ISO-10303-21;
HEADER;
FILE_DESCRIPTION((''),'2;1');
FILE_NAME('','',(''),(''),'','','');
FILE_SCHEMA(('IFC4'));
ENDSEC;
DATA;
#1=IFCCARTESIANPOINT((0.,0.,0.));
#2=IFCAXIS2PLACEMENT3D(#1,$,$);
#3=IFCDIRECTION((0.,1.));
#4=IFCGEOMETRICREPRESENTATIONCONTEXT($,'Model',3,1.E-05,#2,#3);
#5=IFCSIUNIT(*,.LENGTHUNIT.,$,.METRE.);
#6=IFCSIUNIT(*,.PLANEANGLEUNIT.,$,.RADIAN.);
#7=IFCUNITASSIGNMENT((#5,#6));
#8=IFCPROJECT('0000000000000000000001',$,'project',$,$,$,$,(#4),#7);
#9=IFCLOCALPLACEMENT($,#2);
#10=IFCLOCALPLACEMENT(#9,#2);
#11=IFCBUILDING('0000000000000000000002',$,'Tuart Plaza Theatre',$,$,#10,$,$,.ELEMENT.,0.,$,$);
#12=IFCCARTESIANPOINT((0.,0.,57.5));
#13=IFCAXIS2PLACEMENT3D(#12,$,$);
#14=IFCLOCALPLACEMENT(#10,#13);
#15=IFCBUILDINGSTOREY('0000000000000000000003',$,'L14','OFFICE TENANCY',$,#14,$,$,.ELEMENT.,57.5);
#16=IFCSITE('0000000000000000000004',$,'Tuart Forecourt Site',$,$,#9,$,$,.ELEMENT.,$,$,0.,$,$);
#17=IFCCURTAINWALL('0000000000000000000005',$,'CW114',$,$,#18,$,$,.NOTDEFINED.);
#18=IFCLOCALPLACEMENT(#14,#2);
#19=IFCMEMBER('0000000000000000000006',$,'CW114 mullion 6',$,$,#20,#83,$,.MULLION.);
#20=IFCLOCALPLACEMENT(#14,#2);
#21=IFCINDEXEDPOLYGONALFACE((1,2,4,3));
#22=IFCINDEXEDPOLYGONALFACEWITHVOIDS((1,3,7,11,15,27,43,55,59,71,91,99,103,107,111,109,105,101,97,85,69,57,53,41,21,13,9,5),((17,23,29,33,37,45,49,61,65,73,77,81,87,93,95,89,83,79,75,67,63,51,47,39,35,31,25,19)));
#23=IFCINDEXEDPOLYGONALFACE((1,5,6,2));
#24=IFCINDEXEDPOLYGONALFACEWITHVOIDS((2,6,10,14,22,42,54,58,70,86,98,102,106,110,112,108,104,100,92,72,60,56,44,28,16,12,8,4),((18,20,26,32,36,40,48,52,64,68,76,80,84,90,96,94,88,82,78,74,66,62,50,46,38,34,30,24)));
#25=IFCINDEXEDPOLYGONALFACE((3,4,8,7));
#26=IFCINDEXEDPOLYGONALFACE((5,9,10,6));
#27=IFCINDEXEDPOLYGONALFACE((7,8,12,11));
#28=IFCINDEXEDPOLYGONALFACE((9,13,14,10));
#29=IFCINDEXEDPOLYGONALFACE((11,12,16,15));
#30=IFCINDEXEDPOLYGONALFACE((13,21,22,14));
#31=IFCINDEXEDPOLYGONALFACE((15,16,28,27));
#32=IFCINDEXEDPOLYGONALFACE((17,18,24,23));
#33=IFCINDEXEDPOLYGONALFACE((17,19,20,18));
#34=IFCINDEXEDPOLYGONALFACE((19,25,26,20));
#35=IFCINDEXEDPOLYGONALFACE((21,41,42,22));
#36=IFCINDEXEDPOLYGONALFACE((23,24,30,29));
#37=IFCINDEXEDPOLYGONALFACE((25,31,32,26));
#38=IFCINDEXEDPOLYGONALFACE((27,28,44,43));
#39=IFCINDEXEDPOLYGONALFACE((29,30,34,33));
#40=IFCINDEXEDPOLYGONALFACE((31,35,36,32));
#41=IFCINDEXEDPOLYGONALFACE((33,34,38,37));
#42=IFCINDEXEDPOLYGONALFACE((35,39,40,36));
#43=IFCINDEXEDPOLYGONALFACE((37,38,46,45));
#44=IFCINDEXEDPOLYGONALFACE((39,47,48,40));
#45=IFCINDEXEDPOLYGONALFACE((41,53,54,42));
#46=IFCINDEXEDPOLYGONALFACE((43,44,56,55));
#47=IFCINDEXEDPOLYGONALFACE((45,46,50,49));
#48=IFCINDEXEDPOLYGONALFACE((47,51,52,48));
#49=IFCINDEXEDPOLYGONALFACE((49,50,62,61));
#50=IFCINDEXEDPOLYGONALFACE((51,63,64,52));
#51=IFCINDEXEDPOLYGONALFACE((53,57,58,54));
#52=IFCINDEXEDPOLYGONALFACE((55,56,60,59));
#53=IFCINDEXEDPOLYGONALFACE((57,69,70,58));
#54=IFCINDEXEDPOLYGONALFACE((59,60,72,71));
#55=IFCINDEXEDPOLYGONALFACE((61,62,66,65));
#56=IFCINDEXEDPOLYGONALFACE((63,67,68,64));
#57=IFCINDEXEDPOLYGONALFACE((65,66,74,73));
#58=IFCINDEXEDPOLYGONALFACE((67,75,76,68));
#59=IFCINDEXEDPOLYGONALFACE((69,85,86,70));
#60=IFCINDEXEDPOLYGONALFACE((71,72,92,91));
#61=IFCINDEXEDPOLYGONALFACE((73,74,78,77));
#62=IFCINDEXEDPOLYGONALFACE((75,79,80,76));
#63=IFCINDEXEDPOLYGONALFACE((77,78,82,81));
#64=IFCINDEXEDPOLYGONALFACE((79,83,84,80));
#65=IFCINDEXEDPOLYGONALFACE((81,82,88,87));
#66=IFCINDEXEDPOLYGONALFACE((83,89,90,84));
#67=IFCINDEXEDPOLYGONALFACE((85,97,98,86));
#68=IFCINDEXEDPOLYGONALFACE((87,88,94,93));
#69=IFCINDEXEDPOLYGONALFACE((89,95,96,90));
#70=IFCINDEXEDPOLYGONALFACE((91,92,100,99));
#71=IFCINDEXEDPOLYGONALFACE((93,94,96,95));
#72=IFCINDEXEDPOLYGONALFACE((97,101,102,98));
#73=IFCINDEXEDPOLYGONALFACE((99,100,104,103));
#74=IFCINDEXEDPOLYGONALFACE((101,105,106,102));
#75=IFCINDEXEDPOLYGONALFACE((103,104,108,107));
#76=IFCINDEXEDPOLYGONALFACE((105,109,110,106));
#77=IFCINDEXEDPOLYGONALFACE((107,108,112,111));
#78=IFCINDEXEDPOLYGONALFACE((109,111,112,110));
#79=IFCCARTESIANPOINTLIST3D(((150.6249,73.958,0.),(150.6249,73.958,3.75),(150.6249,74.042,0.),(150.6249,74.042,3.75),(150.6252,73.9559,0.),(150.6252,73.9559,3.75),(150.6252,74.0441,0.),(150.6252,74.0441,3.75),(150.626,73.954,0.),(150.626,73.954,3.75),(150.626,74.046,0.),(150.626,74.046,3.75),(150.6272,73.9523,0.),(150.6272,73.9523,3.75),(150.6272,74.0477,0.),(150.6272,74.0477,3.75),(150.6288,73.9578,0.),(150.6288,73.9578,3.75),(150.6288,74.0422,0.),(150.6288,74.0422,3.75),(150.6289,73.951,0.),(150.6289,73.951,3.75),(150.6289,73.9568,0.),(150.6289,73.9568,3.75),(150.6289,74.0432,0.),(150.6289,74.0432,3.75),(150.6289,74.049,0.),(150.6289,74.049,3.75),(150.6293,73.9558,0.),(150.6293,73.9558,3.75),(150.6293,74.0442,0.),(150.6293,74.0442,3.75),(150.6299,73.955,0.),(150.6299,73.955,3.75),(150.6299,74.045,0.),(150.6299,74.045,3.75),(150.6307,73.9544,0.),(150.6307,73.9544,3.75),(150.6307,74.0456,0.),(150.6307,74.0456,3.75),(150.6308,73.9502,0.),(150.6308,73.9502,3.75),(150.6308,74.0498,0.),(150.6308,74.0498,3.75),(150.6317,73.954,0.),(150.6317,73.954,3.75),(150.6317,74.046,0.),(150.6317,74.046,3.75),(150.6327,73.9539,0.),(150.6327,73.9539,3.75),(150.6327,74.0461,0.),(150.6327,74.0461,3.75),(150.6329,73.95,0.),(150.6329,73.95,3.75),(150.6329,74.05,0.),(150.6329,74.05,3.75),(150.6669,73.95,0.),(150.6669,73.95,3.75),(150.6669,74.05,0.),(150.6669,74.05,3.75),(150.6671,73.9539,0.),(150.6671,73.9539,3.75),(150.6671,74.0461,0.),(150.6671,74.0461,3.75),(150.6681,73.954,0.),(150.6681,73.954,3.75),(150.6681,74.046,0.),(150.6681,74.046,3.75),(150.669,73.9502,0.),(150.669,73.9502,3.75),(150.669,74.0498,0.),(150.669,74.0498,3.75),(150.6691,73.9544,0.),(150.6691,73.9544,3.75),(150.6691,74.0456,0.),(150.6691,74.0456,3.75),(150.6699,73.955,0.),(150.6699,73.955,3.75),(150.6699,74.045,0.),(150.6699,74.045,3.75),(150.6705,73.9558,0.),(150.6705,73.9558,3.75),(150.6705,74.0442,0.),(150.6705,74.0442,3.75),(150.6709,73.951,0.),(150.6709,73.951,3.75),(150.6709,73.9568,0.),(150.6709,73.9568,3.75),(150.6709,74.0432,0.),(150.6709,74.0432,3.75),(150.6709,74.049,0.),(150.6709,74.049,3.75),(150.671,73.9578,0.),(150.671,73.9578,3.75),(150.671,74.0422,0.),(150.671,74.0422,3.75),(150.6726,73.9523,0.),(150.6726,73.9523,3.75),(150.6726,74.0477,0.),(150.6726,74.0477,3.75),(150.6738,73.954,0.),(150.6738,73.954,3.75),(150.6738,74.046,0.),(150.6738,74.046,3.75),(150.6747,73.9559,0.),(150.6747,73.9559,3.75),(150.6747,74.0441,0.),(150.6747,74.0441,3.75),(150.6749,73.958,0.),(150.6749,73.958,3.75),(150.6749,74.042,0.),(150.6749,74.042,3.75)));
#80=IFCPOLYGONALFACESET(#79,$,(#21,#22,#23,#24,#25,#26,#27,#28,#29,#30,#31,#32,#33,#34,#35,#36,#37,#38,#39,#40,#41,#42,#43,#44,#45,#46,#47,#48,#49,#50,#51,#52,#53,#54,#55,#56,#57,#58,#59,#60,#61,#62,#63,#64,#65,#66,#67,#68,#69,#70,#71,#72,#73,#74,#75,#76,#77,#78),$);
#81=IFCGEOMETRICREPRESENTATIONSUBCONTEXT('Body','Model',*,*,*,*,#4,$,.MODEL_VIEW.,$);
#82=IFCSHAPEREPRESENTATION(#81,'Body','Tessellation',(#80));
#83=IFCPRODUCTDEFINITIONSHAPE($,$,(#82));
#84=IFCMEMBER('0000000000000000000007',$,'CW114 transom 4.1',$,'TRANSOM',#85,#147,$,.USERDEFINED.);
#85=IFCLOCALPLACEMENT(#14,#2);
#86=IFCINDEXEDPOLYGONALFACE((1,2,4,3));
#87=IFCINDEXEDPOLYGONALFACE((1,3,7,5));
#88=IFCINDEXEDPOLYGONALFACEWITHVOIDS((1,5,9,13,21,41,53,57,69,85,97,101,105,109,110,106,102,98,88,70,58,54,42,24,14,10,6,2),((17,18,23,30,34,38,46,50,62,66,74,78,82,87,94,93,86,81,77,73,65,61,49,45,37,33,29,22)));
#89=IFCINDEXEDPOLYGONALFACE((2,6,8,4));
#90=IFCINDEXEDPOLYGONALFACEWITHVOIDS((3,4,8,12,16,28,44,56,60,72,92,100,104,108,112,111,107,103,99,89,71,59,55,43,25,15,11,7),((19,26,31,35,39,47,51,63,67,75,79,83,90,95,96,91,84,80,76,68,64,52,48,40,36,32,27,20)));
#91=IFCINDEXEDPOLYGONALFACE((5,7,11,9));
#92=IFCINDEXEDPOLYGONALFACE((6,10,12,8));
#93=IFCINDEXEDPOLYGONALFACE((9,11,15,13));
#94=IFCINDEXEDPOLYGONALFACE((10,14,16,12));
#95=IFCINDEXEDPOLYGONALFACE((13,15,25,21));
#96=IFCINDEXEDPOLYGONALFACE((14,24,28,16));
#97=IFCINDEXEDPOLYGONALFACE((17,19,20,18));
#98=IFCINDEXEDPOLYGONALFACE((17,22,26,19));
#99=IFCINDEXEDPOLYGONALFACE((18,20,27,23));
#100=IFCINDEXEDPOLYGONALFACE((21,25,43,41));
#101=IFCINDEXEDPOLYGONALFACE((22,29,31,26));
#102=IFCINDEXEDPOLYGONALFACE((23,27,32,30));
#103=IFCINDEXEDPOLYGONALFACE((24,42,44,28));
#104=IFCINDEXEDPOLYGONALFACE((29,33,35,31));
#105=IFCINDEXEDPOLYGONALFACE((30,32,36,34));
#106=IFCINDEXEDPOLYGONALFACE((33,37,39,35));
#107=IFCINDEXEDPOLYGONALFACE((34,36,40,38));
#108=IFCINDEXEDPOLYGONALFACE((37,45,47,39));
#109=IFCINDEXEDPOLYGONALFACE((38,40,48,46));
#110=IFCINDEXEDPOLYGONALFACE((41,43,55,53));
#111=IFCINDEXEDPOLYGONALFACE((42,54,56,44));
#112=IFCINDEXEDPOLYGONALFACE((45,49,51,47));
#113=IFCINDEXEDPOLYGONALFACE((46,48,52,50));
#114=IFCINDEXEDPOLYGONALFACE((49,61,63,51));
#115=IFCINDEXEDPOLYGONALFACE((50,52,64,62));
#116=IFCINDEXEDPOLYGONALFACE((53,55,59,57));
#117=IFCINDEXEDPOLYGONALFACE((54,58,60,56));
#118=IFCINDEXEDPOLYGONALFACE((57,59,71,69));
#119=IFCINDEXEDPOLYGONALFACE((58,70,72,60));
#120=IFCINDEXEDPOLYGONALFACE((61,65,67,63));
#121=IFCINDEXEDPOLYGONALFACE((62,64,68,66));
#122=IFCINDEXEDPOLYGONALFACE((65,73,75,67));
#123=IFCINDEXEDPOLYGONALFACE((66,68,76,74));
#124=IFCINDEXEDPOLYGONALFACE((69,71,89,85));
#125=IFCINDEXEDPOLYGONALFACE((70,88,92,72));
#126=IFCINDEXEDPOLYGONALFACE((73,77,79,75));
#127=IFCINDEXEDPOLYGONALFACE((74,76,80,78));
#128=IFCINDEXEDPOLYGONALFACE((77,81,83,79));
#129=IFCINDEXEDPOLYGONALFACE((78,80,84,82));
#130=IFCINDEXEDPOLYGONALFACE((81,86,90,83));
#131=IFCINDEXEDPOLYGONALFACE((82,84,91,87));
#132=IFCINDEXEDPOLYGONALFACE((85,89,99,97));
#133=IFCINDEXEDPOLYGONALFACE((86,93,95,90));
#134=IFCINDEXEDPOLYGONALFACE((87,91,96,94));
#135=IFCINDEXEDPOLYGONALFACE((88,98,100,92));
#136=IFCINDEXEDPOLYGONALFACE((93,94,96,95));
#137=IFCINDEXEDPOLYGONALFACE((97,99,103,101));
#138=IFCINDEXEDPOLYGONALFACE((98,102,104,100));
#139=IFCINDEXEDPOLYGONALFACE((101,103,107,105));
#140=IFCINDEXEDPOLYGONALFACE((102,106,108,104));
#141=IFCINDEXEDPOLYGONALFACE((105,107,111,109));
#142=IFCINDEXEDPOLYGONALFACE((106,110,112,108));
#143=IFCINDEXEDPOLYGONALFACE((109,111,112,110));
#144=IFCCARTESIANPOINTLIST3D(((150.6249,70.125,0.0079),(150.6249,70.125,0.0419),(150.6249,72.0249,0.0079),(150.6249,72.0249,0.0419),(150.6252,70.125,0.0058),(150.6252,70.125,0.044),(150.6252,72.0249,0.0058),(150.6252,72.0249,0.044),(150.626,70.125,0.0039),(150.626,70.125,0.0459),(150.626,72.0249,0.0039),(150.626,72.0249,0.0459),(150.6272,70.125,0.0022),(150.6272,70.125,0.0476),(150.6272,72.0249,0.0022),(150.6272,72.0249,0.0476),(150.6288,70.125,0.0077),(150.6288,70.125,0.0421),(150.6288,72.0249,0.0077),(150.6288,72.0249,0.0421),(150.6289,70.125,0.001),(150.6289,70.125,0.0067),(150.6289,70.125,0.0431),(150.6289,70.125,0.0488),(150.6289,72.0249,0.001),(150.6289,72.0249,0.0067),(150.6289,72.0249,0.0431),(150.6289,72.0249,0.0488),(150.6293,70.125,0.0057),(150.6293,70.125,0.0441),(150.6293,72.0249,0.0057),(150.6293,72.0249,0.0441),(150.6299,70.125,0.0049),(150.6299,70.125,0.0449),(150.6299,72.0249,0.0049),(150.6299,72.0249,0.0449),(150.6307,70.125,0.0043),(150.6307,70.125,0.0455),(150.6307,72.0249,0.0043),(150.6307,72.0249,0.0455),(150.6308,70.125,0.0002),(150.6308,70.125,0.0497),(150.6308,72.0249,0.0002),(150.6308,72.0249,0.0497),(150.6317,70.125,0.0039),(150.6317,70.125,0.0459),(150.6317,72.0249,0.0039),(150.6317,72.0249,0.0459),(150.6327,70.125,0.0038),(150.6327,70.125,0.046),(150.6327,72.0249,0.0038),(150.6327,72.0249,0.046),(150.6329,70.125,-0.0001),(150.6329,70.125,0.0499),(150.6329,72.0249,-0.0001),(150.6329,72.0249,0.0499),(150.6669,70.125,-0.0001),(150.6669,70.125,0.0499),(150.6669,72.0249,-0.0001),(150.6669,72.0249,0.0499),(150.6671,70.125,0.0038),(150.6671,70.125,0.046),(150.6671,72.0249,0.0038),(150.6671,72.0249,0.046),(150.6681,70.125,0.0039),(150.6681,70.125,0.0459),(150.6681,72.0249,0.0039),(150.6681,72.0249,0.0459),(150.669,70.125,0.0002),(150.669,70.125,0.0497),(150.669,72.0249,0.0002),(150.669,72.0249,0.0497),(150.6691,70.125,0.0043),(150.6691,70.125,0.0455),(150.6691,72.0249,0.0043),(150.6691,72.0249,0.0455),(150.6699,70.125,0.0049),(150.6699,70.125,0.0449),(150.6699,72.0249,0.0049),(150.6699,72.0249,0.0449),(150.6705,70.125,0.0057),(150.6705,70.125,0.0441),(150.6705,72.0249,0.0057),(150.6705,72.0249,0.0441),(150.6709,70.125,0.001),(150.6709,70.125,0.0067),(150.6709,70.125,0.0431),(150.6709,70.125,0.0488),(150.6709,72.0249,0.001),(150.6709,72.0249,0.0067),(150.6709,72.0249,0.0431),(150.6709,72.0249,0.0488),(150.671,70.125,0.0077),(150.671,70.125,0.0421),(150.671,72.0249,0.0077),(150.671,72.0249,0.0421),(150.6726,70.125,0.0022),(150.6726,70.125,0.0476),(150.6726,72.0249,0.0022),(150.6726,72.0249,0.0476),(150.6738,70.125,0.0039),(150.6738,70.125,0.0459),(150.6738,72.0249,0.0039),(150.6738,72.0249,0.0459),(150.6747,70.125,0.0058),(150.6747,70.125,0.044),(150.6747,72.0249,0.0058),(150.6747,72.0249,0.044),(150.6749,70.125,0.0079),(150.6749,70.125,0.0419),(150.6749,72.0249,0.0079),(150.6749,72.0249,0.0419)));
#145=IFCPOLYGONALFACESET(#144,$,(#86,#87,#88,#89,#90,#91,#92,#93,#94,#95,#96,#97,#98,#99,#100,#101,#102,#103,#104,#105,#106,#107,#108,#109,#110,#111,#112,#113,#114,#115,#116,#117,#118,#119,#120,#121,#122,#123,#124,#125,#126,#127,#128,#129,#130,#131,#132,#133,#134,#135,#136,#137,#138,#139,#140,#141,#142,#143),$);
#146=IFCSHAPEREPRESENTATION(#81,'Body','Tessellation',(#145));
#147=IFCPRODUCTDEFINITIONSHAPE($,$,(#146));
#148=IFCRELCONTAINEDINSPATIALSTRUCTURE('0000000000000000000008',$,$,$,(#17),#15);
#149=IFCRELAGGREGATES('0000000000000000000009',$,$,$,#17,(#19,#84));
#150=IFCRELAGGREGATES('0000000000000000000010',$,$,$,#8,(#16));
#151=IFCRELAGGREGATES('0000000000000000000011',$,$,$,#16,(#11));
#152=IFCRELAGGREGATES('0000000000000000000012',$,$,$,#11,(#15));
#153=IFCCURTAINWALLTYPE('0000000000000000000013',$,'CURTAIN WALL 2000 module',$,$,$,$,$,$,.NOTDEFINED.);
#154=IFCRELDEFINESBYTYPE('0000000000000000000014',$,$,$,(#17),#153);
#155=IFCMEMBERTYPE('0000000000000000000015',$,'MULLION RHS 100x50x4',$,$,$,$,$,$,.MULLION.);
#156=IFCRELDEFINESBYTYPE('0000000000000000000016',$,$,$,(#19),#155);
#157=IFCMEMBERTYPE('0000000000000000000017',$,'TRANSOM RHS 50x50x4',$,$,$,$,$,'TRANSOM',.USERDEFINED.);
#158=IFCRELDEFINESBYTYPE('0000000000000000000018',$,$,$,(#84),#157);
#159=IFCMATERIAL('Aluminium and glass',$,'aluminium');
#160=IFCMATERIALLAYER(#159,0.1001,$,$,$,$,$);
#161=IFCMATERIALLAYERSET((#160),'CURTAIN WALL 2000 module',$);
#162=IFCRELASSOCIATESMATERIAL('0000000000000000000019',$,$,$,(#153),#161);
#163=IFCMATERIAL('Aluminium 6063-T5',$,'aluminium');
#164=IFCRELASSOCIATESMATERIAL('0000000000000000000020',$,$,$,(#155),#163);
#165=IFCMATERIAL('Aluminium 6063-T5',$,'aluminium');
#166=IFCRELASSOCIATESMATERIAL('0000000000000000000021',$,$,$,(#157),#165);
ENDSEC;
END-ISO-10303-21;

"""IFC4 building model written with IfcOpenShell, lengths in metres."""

from ifc_helpers import new_model, si_unit, direction, frame, origin, origin_2d, place, context, subcontext, project, spatial, hollow_rectangle, extrude, material, layer, layer_set, material_profile, profile_set, type_object, element, aggregate, save


model = new_model("IFC4")

# Units and contexts
model_context = context("Model", 3, precision=1e-05, world=origin(), true_north=direction((0.0, 1.0)))
body_context = subcontext(model_context, "Body", "Model", "MODEL_VIEW")
ifc_project = project(units=[si_unit("LENGTHUNIT", "METRE"), si_unit("PLANEANGLEUNIT", "RADIAN")], contexts=[model_context])

# Site, building, storey
site_placement = place(None, origin())
site = spatial("IfcSite", under=ifc_project, at=site_placement, Name="Tuart Forecourt Site", CompositionType="ELEMENT", RefElevation=0.0)
building_placement = place(site_placement, origin())
building = spatial("IfcBuilding", under=site, at=building_placement, Name="Tuart Plaza Theatre", CompositionType="ELEMENT", ElevationOfRefHeight=0.0)
storey_placement = place(building_placement, frame((0.0, 0.0, 57.5)))
storey = spatial("IfcBuildingStorey", under=building, at=storey_placement, Name="L14", Description="OFFICE TENANCY", CompositionType="ELEMENT", Elevation=57.5)

# Curtain wall, members
ifc_material_1 = material(Name="Aluminium and glass", Category="aluminium")
ifc_layer_1 = layer(ifc_material_1, 0.1001)
ifc_layer_set_1 = layer_set([ifc_layer_1], Name="CURTAIN WALL 2000 module")
curtain_wall_type = type_object("IfcCurtainWallType", Name="CURTAIN WALL 2000 module", PredefinedType="NOTDEFINED", material=ifc_layer_set_1)
curtain_wall_placement = place(storey_placement, origin())
curtain_wall = element("IfcCurtainWall", 1, at=curtain_wall_placement, inside=storey, type_object=curtain_wall_type, Name="CW114", PredefinedType="NOTDEFINED")
ifc_material_2 = material(Name="Aluminium 6063-T5", Category="aluminium")
ifc_material_profile_1 = material_profile(ifc_material_2, hollow_rectangle(XDim=0.05, YDim=0.1001, WallThickness=0.0039, InnerFilletRadius=0.0039, OuterFilletRadius=0.0081, at=origin_2d()), Name="RHS 100x50x4")
ifc_profile_set_1 = profile_set([ifc_material_profile_1], Name="Aluminium 6063-T5")
member_type_1 = type_object("IfcMemberType", Name="MULLION RHS 100x50x4", PredefinedType="MULLION", material=ifc_profile_set_1)
member_1_placement = place(storey_placement, frame((150.6499, 74.0, 0.0), z_axis=(0.0, 0.0, 1.0), x_axis=(-1.0, 0.0, 0.0)))
member_1 = element("IfcMember", 2, at=member_1_placement, type_object=member_type_1, Name="CW114 mullion 6", PredefinedType="MULLION", context=body_context, shape_type="SweptSolid", body=[
    extrude(hollow_rectangle(XDim=0.05, YDim=0.1001, WallThickness=0.0039, InnerFilletRadius=0.0039, OuterFilletRadius=0.0081, at=origin_2d()), origin(), (0.0, 0.0, 1.0), 3.75),
])
ifc_material_3 = material(Name="Aluminium 6063-T5", Category="aluminium")
ifc_material_profile_2 = material_profile(ifc_material_3, hollow_rectangle(XDim=0.05, YDim=0.05, WallThickness=0.0039, InnerFilletRadius=0.0039, OuterFilletRadius=0.0081, at=origin_2d()), Name="RHS 50x50x4")
ifc_profile_set_2 = profile_set([ifc_material_profile_2], Name="Aluminium 6063-T5")
member_type_2 = type_object("IfcMemberType", Name="TRANSOM RHS 50x50x4", ElementType="TRANSOM", PredefinedType="USERDEFINED", material=ifc_profile_set_2)
member_2_placement = place(storey_placement, frame((150.6499, 70.125, 0.0249), z_axis=(0.0, 1.0, 0.0), x_axis=(-1.0, 0.0, 0.0)))
member_2 = element("IfcMember", 3, at=member_2_placement, type_object=member_type_2, Name="CW114 transom 4.1", ObjectType="TRANSOM", PredefinedType="USERDEFINED", context=body_context, shape_type="SweptSolid", body=[
    extrude(hollow_rectangle(XDim=0.05, YDim=0.05, WallThickness=0.0039, InnerFilletRadius=0.0039, OuterFilletRadius=0.0081, at=origin_2d()), origin(), (0.0, 0.0, 1.0), 1.8999),
])
aggregate(curtain_wall, [member_1, member_2])

save(model, "model.ifc")
